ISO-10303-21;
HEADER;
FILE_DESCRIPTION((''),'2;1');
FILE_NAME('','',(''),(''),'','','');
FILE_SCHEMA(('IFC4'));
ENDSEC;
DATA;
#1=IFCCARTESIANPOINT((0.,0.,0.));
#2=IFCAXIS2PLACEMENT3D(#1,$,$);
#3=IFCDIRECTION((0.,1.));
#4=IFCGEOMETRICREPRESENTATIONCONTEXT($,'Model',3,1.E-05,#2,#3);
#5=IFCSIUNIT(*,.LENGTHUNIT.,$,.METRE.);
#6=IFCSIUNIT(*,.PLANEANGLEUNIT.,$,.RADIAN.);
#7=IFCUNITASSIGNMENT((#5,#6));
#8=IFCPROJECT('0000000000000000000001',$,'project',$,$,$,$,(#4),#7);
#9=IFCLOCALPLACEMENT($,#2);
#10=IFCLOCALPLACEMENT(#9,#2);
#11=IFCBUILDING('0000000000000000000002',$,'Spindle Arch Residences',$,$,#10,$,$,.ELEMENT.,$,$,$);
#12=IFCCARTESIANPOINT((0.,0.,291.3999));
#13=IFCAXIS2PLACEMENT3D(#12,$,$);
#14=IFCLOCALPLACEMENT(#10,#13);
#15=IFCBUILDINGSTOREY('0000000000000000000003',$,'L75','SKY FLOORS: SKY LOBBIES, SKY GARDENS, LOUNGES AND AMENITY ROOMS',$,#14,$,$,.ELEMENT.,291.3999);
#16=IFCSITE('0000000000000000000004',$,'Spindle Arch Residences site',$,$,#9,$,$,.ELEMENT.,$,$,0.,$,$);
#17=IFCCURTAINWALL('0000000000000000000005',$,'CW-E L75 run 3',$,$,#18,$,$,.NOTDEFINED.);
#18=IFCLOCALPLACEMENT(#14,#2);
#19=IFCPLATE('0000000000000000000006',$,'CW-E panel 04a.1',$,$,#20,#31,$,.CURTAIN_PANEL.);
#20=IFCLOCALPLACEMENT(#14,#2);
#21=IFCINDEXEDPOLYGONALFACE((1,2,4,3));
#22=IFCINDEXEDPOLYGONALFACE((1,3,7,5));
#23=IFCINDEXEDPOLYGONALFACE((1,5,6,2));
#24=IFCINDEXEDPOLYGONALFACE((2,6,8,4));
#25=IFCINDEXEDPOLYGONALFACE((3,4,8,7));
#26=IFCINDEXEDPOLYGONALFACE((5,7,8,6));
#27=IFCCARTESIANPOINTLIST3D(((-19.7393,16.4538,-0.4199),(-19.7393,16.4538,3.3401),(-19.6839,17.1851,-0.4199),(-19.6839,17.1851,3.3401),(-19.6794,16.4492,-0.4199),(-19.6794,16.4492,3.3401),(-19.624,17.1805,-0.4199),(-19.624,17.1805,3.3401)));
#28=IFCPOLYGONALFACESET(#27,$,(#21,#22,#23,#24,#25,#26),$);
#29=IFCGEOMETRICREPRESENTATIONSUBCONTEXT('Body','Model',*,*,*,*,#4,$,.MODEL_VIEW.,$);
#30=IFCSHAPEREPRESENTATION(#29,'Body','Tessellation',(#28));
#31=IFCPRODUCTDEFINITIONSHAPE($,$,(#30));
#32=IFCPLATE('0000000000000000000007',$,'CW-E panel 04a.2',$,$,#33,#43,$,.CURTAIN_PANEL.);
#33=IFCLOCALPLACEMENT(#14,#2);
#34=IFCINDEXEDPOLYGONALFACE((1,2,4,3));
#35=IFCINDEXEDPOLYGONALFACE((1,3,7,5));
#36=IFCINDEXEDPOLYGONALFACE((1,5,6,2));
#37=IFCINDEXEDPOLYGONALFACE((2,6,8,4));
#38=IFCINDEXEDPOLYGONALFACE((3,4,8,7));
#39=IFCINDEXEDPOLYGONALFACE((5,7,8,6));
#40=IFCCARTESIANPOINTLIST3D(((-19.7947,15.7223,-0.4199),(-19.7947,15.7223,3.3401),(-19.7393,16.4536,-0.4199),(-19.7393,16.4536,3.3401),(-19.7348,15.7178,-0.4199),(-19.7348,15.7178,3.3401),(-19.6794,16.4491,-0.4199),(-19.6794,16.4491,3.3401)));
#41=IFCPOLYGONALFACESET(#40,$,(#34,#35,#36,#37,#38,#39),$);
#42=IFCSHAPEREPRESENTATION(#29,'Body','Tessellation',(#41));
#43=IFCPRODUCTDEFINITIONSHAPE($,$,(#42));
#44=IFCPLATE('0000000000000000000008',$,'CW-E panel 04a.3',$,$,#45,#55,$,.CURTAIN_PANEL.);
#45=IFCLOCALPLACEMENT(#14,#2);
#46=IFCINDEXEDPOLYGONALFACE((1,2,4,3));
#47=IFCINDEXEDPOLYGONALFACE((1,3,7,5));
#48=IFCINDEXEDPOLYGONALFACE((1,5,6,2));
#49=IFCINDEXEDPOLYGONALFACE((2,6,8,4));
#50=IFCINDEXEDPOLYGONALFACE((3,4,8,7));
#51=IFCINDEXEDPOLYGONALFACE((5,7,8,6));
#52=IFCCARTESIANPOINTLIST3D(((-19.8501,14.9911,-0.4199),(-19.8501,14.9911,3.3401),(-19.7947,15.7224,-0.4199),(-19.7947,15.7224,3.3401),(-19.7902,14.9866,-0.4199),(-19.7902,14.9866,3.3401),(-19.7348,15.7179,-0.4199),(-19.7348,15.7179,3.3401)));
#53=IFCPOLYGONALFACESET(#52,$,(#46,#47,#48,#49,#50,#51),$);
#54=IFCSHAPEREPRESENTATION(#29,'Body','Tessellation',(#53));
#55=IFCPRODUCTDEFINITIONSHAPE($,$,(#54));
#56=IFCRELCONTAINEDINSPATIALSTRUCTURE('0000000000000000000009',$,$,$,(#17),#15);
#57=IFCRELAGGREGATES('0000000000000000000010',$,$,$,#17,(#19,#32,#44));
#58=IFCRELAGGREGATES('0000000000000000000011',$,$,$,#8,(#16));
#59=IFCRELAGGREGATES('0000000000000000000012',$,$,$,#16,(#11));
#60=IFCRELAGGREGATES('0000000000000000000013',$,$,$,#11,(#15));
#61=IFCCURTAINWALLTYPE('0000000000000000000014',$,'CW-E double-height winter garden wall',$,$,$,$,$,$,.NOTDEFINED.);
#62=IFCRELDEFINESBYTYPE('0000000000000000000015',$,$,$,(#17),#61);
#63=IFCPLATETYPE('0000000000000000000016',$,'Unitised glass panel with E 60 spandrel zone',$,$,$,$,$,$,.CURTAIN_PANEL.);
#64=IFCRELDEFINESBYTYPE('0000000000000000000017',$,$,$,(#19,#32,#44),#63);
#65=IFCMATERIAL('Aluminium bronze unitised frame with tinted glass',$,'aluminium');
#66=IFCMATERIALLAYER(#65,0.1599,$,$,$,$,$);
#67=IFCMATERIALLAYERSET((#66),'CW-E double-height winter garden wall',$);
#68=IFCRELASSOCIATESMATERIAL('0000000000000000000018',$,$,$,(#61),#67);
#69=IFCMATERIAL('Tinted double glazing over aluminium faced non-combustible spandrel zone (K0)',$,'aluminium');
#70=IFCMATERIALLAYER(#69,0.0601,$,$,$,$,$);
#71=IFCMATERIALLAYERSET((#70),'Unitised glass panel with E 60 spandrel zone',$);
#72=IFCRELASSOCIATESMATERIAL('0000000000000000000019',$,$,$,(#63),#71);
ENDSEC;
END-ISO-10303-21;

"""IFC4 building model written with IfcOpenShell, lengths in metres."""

from ifc_helpers import new_model, si_unit, direction, frame, origin, origin_2d, place, context, subcontext, project, spatial, rectangle, extrude, material, layer, layer_set, type_object, element, aggregate, save


model = new_model("IFC4")

# Units and contexts
model_context = context("Model", 3, precision=1e-05, world=origin(), true_north=direction((0.0, 1.0)))
body_context = subcontext(model_context, "Body", "Model", "MODEL_VIEW")
ifc_project = project(units=[si_unit("LENGTHUNIT", "METRE"), si_unit("PLANEANGLEUNIT", "RADIAN")], contexts=[model_context])

# Site, building, storey
site_placement = place(None, origin())
site = spatial("IfcSite", under=ifc_project, at=site_placement, Name="Spindle Arch Residences site", CompositionType="ELEMENT", RefElevation=0.0)
building_placement = place(site_placement, origin())
building = spatial("IfcBuilding", under=site, at=building_placement, Name="Spindle Arch Residences", CompositionType="ELEMENT")
storey_placement = place(building_placement, frame((0.0, 0.0, 291.3999)))
storey = spatial("IfcBuildingStorey", under=building, at=storey_placement, Name="L75", Description="SKY FLOORS: SKY LOBBIES, SKY GARDENS, LOUNGES AND AMENITY ROOMS", CompositionType="ELEMENT", Elevation=291.3999)

# Curtain wall, plates
ifc_material_1 = material(Name="Aluminium bronze unitised frame with tinted glass", Category="aluminium")
ifc_layer_1 = layer(ifc_material_1, 0.1599)
ifc_layer_set_1 = layer_set([ifc_layer_1], Name="CW-E double-height winter garden wall")
curtain_wall_type = type_object("IfcCurtainWallType", Name="CW-E double-height winter garden wall", PredefinedType="NOTDEFINED", material=ifc_layer_set_1)
curtain_wall_placement = place(storey_placement, origin())
curtain_wall = element("IfcCurtainWall", 1, at=curtain_wall_placement, inside=storey, type_object=curtain_wall_type, Name="CW-E L75 run 3", PredefinedType="NOTDEFINED")
ifc_material_2 = material(Name="Tinted double glazing over aluminium faced non-combustible spandrel zone (K0)", Category="aluminium")
ifc_layer_2 = layer(ifc_material_2, 0.0601)
ifc_layer_set_2 = layer_set([ifc_layer_2], Name="Unitised glass panel with E 60 spandrel zone")
plate_type_1 = type_object("IfcPlateType", Name="Unitised glass panel with E 60 spandrel zone", PredefinedType="CURTAIN_PANEL", material=ifc_layer_set_2)
plate_1_placement = place(storey_placement, frame((-19.6816, 16.8171, -0.4199), z_axis=(0.0, 0.0, 1.0), x_axis=(-0.075559, -0.997141, 0.0)))
plate_1 = element("IfcPlate", 2, at=plate_1_placement, type_object=plate_type_1, Name="CW-E panel 04a.1", PredefinedType="CURTAIN_PANEL", context=body_context, shape_type="SweptSolid", body=[
    extrude(rectangle(XDim=0.7334, YDim=0.0601, at=origin_2d()), origin(), (0.0, 0.0, 1.0), 3.76),
])
plate_2_placement = place(storey_placement, frame((-19.7371, 16.0857, -0.4199), z_axis=(0.0, 0.0, 1.0), x_axis=(-0.075559, -0.997141, 0.0)))
plate_2 = element("IfcPlate", 3, at=plate_2_placement, type_object=plate_type_1, Name="CW-E panel 04a.2", PredefinedType="CURTAIN_PANEL", context=body_context, shape_type="SweptSolid", body=[
    extrude(rectangle(XDim=0.7334, YDim=0.0601, at=origin_2d()), origin(), (0.0, 0.0, 1.0), 3.76),
])
plate_3_placement = place(storey_placement, frame((-19.7925, 15.3545, -0.4199), z_axis=(0.0, 0.0, 1.0), x_axis=(-0.075559, -0.997141, 0.0)))
plate_3 = element("IfcPlate", 4, at=plate_3_placement, type_object=plate_type_1, Name="CW-E panel 04a.3", PredefinedType="CURTAIN_PANEL", context=body_context, shape_type="SweptSolid", body=[
    extrude(rectangle(XDim=0.7334, YDim=0.0601, at=origin_2d()), origin(), (0.0, 0.0, 1.0), 3.76),
])
aggregate(curtain_wall, [plate_1, plate_2, plate_3])

save(model, "model.ifc")
